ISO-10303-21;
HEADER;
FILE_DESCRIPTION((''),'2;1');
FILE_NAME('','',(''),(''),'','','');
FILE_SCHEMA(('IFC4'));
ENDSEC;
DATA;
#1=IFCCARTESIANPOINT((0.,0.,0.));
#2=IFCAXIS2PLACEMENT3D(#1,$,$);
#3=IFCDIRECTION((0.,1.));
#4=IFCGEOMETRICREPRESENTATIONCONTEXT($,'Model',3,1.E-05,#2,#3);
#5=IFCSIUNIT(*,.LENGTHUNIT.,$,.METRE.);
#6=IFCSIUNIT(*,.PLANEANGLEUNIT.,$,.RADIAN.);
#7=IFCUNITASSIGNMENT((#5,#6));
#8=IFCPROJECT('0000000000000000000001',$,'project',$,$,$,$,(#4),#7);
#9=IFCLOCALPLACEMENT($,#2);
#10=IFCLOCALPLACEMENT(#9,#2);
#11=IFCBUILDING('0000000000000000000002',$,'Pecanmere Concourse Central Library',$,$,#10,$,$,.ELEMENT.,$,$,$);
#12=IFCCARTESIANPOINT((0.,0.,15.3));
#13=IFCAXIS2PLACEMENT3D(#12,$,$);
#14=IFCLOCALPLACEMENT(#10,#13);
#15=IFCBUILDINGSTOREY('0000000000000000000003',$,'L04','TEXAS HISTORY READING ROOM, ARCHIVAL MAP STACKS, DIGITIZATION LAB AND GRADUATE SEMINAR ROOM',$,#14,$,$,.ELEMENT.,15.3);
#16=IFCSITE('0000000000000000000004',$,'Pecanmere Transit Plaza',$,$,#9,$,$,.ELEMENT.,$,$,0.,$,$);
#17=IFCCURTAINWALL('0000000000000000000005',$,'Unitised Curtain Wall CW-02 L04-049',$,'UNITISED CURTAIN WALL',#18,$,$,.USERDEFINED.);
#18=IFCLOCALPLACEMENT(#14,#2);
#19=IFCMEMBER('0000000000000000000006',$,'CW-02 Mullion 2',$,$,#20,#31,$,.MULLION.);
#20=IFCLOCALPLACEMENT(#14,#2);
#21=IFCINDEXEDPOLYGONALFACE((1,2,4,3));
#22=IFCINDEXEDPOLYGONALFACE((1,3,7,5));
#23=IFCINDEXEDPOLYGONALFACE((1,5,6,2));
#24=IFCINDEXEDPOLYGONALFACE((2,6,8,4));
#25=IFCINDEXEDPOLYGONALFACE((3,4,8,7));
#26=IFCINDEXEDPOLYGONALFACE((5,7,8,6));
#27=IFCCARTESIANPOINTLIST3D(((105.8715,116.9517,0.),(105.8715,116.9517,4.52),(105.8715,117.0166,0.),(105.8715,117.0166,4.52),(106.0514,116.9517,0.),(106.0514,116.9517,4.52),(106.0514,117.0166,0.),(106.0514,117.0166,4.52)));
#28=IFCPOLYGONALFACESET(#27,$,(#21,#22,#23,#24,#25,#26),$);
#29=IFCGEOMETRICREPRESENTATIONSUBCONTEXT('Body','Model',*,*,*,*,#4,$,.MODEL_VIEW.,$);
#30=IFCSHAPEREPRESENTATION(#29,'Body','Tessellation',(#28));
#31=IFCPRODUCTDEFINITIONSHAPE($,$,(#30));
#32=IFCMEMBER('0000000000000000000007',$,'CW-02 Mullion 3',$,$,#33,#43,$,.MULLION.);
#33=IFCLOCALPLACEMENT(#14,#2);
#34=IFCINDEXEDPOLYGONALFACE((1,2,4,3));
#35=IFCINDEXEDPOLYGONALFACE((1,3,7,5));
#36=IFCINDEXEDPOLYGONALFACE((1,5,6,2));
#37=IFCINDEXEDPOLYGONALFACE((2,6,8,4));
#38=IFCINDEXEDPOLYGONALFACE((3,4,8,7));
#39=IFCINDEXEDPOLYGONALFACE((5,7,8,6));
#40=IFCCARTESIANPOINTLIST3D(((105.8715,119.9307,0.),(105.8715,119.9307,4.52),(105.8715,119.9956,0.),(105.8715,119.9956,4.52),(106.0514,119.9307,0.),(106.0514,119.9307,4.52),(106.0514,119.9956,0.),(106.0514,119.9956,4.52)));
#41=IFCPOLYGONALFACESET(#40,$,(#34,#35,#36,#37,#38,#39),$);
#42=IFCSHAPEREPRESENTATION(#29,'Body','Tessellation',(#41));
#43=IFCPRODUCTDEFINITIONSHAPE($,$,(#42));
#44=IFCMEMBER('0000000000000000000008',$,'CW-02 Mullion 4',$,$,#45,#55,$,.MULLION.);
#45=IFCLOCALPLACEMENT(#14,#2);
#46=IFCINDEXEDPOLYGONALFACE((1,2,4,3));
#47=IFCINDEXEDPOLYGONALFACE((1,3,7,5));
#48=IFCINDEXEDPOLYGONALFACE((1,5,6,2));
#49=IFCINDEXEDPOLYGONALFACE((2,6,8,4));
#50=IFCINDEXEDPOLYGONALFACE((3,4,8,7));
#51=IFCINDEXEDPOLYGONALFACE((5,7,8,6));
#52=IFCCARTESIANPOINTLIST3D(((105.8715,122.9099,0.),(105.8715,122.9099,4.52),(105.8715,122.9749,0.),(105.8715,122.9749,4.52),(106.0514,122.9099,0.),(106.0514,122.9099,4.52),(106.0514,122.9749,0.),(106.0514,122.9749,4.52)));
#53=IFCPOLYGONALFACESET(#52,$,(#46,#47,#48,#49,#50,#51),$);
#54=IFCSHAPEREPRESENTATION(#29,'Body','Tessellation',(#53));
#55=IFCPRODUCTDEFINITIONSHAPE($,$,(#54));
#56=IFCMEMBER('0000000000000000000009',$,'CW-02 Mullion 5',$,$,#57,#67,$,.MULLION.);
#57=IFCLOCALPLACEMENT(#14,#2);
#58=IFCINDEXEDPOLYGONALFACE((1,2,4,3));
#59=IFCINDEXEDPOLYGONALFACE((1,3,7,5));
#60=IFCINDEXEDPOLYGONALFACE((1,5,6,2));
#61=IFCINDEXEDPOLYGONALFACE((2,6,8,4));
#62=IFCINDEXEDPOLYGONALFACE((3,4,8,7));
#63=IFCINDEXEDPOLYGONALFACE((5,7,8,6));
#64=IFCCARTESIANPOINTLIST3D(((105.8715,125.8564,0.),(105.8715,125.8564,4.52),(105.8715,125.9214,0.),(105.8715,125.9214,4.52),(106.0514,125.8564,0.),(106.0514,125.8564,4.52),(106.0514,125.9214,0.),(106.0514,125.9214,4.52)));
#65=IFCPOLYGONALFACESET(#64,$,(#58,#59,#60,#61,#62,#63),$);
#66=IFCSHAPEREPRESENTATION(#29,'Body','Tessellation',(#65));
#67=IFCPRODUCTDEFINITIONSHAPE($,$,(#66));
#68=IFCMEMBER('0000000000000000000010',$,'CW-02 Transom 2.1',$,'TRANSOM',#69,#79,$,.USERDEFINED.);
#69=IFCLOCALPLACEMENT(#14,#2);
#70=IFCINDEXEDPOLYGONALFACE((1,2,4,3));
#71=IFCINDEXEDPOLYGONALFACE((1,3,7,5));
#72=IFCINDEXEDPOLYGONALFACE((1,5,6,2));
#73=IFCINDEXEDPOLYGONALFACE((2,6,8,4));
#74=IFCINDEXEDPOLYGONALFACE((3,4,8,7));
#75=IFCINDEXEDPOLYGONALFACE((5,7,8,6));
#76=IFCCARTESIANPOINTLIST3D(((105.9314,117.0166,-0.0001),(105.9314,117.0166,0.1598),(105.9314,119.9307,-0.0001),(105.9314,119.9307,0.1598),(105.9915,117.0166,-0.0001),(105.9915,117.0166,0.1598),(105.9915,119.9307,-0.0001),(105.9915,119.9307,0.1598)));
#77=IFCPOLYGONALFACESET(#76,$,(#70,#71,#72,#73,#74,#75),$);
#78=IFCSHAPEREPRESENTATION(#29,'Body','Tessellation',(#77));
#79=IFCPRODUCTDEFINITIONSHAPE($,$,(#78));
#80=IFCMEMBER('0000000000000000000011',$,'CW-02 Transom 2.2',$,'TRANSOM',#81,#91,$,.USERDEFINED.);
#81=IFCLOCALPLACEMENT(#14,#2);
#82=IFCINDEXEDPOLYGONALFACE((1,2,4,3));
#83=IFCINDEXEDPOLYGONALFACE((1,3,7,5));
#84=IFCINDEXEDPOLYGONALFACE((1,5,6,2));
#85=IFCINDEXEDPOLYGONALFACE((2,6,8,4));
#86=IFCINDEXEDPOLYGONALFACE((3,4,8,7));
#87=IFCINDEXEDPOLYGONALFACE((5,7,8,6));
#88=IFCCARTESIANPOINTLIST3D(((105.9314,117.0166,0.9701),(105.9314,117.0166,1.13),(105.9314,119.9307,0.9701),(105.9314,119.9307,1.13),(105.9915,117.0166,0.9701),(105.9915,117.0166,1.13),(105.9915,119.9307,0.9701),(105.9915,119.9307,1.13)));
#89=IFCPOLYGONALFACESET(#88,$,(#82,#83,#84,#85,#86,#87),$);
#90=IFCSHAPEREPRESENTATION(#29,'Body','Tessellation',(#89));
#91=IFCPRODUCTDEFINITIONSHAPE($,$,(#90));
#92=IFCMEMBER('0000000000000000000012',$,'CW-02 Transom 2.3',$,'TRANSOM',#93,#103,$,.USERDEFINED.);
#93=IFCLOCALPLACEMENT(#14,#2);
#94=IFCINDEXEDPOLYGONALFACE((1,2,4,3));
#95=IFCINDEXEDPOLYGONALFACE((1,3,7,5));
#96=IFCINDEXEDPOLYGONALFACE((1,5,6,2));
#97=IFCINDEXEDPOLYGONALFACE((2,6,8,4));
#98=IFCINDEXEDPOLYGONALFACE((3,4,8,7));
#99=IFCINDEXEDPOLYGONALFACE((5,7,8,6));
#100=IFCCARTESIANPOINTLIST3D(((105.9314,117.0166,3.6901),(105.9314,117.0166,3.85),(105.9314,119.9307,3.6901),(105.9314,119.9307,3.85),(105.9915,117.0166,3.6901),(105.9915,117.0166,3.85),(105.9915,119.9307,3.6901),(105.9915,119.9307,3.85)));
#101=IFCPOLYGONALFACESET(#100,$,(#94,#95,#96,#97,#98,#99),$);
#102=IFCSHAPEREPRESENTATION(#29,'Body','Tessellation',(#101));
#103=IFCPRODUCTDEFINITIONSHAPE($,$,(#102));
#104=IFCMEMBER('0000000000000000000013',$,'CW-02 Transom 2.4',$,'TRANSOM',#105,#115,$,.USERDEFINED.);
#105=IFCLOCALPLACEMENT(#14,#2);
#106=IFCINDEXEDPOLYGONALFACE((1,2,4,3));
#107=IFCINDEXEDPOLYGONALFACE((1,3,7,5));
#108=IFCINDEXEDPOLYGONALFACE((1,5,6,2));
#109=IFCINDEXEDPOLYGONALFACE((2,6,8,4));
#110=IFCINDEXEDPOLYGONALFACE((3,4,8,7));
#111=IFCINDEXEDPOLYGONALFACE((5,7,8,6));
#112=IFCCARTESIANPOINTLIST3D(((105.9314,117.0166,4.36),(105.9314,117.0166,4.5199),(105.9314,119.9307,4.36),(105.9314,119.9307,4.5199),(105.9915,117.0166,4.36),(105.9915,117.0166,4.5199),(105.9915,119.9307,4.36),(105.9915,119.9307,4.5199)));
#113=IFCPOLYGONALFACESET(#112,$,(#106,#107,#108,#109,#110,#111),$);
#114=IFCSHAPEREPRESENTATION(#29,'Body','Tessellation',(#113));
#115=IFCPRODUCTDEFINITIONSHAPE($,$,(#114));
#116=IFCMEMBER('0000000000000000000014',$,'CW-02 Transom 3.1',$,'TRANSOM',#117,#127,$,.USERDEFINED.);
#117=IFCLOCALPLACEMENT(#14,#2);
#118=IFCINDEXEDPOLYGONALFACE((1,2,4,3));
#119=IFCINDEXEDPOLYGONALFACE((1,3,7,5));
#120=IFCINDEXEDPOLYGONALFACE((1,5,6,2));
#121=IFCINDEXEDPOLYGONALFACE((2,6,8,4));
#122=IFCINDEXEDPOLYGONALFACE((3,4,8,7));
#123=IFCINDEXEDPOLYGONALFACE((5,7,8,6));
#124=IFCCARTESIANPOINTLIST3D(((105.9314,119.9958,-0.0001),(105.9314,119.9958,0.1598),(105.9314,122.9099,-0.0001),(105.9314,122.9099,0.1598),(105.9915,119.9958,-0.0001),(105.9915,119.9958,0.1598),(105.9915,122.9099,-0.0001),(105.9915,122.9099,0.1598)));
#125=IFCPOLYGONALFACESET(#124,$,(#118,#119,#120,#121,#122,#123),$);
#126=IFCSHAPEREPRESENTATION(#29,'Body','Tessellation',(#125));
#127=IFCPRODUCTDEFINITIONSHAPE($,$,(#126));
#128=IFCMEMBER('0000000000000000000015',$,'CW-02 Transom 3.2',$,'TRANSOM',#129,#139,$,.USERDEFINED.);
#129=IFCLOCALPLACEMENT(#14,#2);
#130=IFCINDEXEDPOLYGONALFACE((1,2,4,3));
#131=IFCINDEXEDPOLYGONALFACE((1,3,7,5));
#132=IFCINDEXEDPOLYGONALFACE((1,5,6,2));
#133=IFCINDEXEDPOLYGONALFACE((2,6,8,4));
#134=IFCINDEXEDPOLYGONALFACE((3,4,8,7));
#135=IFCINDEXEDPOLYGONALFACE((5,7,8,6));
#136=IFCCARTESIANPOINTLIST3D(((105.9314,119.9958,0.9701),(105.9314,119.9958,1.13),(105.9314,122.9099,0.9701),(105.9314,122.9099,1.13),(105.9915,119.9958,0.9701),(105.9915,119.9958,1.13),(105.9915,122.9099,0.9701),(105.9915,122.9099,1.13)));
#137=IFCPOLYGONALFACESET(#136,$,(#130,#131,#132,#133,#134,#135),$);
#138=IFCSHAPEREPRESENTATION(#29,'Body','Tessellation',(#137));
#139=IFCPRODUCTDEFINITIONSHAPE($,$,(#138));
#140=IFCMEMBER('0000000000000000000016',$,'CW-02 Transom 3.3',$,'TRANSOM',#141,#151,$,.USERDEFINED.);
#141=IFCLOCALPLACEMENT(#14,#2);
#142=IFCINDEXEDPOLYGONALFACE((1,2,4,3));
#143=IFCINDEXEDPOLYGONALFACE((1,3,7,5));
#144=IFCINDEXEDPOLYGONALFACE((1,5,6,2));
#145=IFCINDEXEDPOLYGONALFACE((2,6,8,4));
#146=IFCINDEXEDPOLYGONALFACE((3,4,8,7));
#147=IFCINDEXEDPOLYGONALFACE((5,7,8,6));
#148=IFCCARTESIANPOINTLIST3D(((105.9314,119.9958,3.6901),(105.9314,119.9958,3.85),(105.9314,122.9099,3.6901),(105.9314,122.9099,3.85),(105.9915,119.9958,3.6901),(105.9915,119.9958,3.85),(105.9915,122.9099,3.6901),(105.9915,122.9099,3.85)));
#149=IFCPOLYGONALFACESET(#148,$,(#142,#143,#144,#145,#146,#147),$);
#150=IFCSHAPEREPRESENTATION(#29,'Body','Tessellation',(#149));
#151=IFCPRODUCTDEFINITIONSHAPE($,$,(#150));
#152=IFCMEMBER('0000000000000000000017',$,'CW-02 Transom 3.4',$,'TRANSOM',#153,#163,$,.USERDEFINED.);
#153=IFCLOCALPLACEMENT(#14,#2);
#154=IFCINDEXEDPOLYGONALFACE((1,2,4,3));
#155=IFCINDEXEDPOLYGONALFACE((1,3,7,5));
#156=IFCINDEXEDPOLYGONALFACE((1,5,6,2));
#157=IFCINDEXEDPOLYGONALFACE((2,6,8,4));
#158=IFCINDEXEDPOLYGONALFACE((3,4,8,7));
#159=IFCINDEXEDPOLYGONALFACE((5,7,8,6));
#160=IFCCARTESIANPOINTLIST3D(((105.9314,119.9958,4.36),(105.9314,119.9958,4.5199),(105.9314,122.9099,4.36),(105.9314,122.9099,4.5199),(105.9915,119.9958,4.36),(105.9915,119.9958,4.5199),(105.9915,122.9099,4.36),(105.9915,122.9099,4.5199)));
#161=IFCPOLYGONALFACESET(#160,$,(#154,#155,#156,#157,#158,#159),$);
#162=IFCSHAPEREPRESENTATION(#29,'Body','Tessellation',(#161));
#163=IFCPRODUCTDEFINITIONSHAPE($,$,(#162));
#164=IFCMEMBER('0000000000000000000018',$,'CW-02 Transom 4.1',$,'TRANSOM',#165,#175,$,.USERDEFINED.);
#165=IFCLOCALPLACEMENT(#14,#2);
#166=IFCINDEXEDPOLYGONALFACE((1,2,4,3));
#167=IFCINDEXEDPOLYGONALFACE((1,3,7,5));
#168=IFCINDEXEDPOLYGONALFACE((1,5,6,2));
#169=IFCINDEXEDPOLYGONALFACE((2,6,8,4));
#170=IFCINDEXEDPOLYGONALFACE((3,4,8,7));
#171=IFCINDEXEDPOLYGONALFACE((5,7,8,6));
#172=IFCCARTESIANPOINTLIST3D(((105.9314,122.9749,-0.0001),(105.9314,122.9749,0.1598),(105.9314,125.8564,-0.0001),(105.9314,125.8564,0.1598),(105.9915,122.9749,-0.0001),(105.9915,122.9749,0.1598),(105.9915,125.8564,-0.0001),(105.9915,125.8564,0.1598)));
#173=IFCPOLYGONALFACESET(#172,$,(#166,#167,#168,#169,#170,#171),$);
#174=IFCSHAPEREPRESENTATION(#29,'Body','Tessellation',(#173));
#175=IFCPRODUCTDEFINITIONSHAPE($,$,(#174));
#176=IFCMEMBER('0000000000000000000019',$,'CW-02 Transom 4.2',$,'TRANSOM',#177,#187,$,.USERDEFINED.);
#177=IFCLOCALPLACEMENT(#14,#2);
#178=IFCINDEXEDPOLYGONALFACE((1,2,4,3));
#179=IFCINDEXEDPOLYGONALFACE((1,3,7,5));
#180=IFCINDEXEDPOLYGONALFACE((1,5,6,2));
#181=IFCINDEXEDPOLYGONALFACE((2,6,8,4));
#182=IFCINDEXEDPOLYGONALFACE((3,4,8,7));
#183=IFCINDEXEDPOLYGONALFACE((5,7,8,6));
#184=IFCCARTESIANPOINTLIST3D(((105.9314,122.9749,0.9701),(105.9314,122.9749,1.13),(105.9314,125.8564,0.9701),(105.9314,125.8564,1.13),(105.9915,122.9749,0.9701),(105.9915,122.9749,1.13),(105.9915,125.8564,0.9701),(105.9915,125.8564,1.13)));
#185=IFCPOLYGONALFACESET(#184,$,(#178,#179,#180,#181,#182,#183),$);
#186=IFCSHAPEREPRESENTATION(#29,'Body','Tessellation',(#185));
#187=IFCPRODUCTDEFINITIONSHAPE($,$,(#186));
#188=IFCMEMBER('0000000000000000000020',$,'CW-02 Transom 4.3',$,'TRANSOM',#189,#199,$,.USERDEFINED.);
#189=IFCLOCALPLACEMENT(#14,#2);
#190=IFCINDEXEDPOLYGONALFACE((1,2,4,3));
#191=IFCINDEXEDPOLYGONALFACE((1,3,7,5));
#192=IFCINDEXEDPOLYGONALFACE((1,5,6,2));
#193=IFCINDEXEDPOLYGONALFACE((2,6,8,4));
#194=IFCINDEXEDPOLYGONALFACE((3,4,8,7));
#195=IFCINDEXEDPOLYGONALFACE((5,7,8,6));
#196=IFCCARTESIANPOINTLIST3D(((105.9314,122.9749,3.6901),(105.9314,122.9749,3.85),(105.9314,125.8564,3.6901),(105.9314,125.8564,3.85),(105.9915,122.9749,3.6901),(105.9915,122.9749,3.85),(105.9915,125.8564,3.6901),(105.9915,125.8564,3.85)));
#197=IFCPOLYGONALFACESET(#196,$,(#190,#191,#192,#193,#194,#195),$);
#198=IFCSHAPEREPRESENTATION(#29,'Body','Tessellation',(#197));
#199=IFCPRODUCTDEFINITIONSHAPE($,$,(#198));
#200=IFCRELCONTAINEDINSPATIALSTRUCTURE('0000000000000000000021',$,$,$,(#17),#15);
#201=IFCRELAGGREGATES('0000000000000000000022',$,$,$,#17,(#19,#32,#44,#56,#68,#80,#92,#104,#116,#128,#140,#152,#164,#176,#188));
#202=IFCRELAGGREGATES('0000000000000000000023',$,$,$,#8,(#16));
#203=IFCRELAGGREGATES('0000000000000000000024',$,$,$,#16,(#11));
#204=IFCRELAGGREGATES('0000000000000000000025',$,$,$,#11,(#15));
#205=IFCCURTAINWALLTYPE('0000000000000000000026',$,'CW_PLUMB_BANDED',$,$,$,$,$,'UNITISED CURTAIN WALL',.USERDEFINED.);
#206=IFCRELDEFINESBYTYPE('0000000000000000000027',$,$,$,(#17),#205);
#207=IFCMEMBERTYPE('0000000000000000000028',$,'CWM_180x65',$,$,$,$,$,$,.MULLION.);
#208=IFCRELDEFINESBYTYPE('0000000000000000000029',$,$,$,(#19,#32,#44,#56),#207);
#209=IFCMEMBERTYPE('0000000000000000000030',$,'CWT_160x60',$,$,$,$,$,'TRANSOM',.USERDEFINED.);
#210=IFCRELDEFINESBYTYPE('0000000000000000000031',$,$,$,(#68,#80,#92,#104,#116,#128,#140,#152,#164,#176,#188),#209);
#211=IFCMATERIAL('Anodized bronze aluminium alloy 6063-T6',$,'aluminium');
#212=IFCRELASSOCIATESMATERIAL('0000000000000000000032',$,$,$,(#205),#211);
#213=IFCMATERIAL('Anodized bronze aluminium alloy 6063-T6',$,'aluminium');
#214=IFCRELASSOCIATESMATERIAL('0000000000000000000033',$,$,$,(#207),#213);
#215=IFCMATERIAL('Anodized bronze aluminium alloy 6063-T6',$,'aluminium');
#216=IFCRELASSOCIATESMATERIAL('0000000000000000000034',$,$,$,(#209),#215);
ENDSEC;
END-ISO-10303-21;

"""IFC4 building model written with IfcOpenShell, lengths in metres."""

from ifc_helpers import new_model, si_unit, direction, frame, origin, origin_2d, place, context, subcontext, project, spatial, rectangle, extrude, material, material_profile, profile_set, type_object, element, aggregate, save


model = new_model("IFC4")

# Units and contexts
model_context = context("Model", 3, precision=1e-05, world=origin(), true_north=direction((0.0, 1.0)))
body_context = subcontext(model_context, "Body", "Model", "MODEL_VIEW")
ifc_project = project(units=[si_unit("LENGTHUNIT", "METRE"), si_unit("PLANEANGLEUNIT", "RADIAN")], contexts=[model_context])

# Site, building, storey
site_placement = place(None, origin())
site = spatial("IfcSite", under=ifc_project, at=site_placement, Name="Pecanmere Transit Plaza", CompositionType="ELEMENT", RefElevation=0.0)
building_placement = place(site_placement, origin())
building = spatial("IfcBuilding", under=site, at=building_placement, Name="Pecanmere Concourse Central Library", CompositionType="ELEMENT")
storey_placement = place(building_placement, frame((0.0, 0.0, 15.3)))
storey = spatial("IfcBuildingStorey", under=building, at=storey_placement, Name="L04", Description="TEXAS HISTORY READING ROOM, ARCHIVAL MAP STACKS, DIGITIZATION LAB AND GRADUATE SEMINAR ROOM", CompositionType="ELEMENT", Elevation=15.3)

# Curtain wall, members
ifc_material_1 = material(Name="Anodized bronze aluminium alloy 6063-T6", Category="aluminium")
curtain_wall_type = type_object("IfcCurtainWallType", Name="CW_PLUMB_BANDED", ElementType="UNITISED CURTAIN WALL", PredefinedType="USERDEFINED", material=ifc_material_1)
curtain_wall_placement = place(storey_placement, origin())
curtain_wall = element("IfcCurtainWall", 1, at=curtain_wall_placement, inside=storey, type_object=curtain_wall_type, Name="Unitised Curtain Wall CW-02 L04-049", ObjectType="UNITISED CURTAIN WALL", PredefinedType="USERDEFINED")
ifc_material_2 = material(Name="Anodized bronze aluminium alloy 6063-T6", Category="aluminium")
ifc_material_profile_1 = material_profile(ifc_material_2, rectangle(XDim=0.0649, YDim=0.1799, at=origin_2d()), Name="AL 65x180")
ifc_profile_set_1 = profile_set([ifc_material_profile_1], Name="Anodized bronze aluminium alloy 6063-T6")
member_type_1 = type_object("IfcMemberType", Name="CWM_180x65", PredefinedType="MULLION", material=ifc_profile_set_1)
member_1_placement = place(storey_placement, frame((105.9614, 116.9841, 0.0), z_axis=(0.0, 0.0, 1.0), x_axis=(0.0, 1.0, 0.0)))
member_1 = element("IfcMember", 2, at=member_1_placement, type_object=member_type_1, Name="CW-02 Mullion 2", PredefinedType="MULLION", context=body_context, shape_type="SweptSolid", body=[
    extrude(rectangle(XDim=0.0649, YDim=0.1799, at=origin_2d()), origin(), (0.0, 0.0, 1.0), 4.52),
])
member_2_placement = place(storey_placement, frame((105.9614, 119.9631, 0.0), z_axis=(0.0, 0.0, 1.0), x_axis=(0.0, 1.0, 0.0)))
member_2 = element("IfcMember", 3, at=member_2_placement, type_object=member_type_1, Name="CW-02 Mullion 3", PredefinedType="MULLION", context=body_context, shape_type="SweptSolid", body=[
    extrude(rectangle(XDim=0.0649, YDim=0.1799, at=origin_2d()), origin(), (0.0, 0.0, 1.0), 4.52),
])
member_3_placement = place(storey_placement, frame((105.9614, 122.9424, 0.0), z_axis=(0.0, 0.0, 1.0), x_axis=(0.0, 1.0, 0.0)))
member_3 = element("IfcMember", 4, at=member_3_placement, type_object=member_type_1, Name="CW-02 Mullion 4", PredefinedType="MULLION", context=body_context, shape_type="SweptSolid", body=[
    extrude(rectangle(XDim=0.0649, YDim=0.1799, at=origin_2d()), origin(), (0.0, 0.0, 1.0), 4.52),
])
member_4_placement = place(storey_placement, frame((105.9614, 125.8889, 0.0), z_axis=(0.0, 0.0, 1.0), x_axis=(0.0, 1.0, 0.0)))
member_4 = element("IfcMember", 5, at=member_4_placement, type_object=member_type_1, Name="CW-02 Mullion 5", PredefinedType="MULLION", context=body_context, shape_type="SweptSolid", body=[
    extrude(rectangle(XDim=0.0649, YDim=0.1799, at=origin_2d()), origin(), (0.0, 0.0, 1.0), 4.52),
])
ifc_material_3 = material(Name="Anodized bronze aluminium alloy 6063-T6", Category="aluminium")
ifc_material_profile_2 = material_profile(ifc_material_3, rectangle(XDim=0.0601, YDim=0.1599, at=origin_2d()), Name="AL 60x160")
ifc_profile_set_2 = profile_set([ifc_material_profile_2], Name="Anodized bronze aluminium alloy 6063-T6")
member_type_2 = type_object("IfcMemberType", Name="CWT_160x60", ElementType="TRANSOM", PredefinedType="USERDEFINED", material=ifc_profile_set_2)
member_5_placement = place(storey_placement, frame((105.9614, 117.0166, 0.0798), z_axis=(0.0, 1.0, 0.0), x_axis=(-1.0, 0.0, 0.0)))
member_5 = element("IfcMember", 6, at=member_5_placement, type_object=member_type_2, Name="CW-02 Transom 2.1", ObjectType="TRANSOM", PredefinedType="USERDEFINED", context=body_context, shape_type="SweptSolid", body=[
    extrude(rectangle(XDim=0.0601, YDim=0.1599, at=origin_2d()), origin(), (0.0, 0.0, 1.0), 2.9141),
])
member_6_placement = place(storey_placement, frame((105.9614, 117.0166, 1.05), z_axis=(0.0, 1.0, 0.0), x_axis=(-1.0, 0.0, 0.0)))
member_6 = element("IfcMember", 7, at=member_6_placement, type_object=member_type_2, Name="CW-02 Transom 2.2", ObjectType="TRANSOM", PredefinedType="USERDEFINED", context=body_context, shape_type="SweptSolid", body=[
    extrude(rectangle(XDim=0.0601, YDim=0.1599, at=origin_2d()), origin(), (0.0, 0.0, 1.0), 2.9141),
])
member_7_placement = place(storey_placement, frame((105.9614, 117.0166, 3.77), z_axis=(0.0, 1.0, 0.0), x_axis=(-1.0, 0.0, 0.0)))
member_7 = element("IfcMember", 8, at=member_7_placement, type_object=member_type_2, Name="CW-02 Transom 2.3", ObjectType="TRANSOM", PredefinedType="USERDEFINED", context=body_context, shape_type="SweptSolid", body=[
    extrude(rectangle(XDim=0.0601, YDim=0.1599, at=origin_2d()), origin(), (0.0, 0.0, 1.0), 2.9141),
])
member_8_placement = place(storey_placement, frame((105.9614, 117.0166, 4.4399), z_axis=(0.0, 1.0, 0.0), x_axis=(-1.0, 0.0, 0.0)))
member_8 = element("IfcMember", 9, at=member_8_placement, type_object=member_type_2, Name="CW-02 Transom 2.4", ObjectType="TRANSOM", PredefinedType="USERDEFINED", context=body_context, shape_type="SweptSolid", body=[
    extrude(rectangle(XDim=0.0601, YDim=0.1599, at=origin_2d()), origin(), (0.0, 0.0, 1.0), 2.9141),
])
member_9_placement = place(storey_placement, frame((105.9614, 119.9958, 0.0798), z_axis=(0.0, 1.0, 0.0), x_axis=(-1.0, 0.0, 0.0)))
member_9 = element("IfcMember", 10, at=member_9_placement, type_object=member_type_2, Name="CW-02 Transom 3.1", ObjectType="TRANSOM", PredefinedType="USERDEFINED", context=body_context, shape_type="SweptSolid", body=[
    extrude(rectangle(XDim=0.0601, YDim=0.1599, at=origin_2d()), origin(), (0.0, 0.0, 1.0), 2.9141),
])
member_10_placement = place(storey_placement, frame((105.9614, 119.9958, 1.05), z_axis=(0.0, 1.0, 0.0), x_axis=(-1.0, 0.0, 0.0)))
member_10 = element("IfcMember", 11, at=member_10_placement, type_object=member_type_2, Name="CW-02 Transom 3.2", ObjectType="TRANSOM", PredefinedType="USERDEFINED", context=body_context, shape_type="SweptSolid", body=[
    extrude(rectangle(XDim=0.0601, YDim=0.1599, at=origin_2d()), origin(), (0.0, 0.0, 1.0), 2.9141),
])
member_11_placement = place(storey_placement, frame((105.9614, 119.9958, 3.77), z_axis=(0.0, 1.0, 0.0), x_axis=(-1.0, 0.0, 0.0)))
member_11 = element("IfcMember", 12, at=member_11_placement, type_object=member_type_2, Name="CW-02 Transom 3.3", ObjectType="TRANSOM", PredefinedType="USERDEFINED", context=body_context, shape_type="SweptSolid", body=[
    extrude(rectangle(XDim=0.0601, YDim=0.1599, at=origin_2d()), origin(), (0.0, 0.0, 1.0), 2.9141),
])
member_12_placement = place(storey_placement, frame((105.9614, 119.9958, 4.4399), z_axis=(0.0, 1.0, 0.0), x_axis=(-1.0, 0.0, 0.0)))
member_12 = element("IfcMember", 13, at=member_12_placement, type_object=member_type_2, Name="CW-02 Transom 3.4", ObjectType="TRANSOM", PredefinedType="USERDEFINED", context=body_context, shape_type="SweptSolid", body=[
    extrude(rectangle(XDim=0.0601, YDim=0.1599, at=origin_2d()), origin(), (0.0, 0.0, 1.0), 2.9141),
])
member_13_placement = place(storey_placement, frame((105.9614, 122.9749, 0.0798), z_axis=(0.0, 1.0, 0.0), x_axis=(-1.0, 0.0, 0.0)))
member_13 = element("IfcMember", 14, at=member_13_placement, type_object=member_type_2, Name="CW-02 Transom 4.1", ObjectType="TRANSOM", PredefinedType="USERDEFINED", context=body_context, shape_type="SweptSolid", body=[
    extrude(rectangle(XDim=0.0601, YDim=0.1599, at=origin_2d()), origin(), (0.0, 0.0, 1.0), 2.8816),
])
member_14_placement = place(storey_placement, frame((105.9614, 122.9749, 1.05), z_axis=(0.0, 1.0, 0.0), x_axis=(-1.0, 0.0, 0.0)))
member_14 = element("IfcMember", 15, at=member_14_placement, type_object=member_type_2, Name="CW-02 Transom 4.2", ObjectType="TRANSOM", PredefinedType="USERDEFINED", context=body_context, shape_type="SweptSolid", body=[
    extrude(rectangle(XDim=0.0601, YDim=0.1599, at=origin_2d()), origin(), (0.0, 0.0, 1.0), 2.8816),
])
member_15_placement = place(storey_placement, frame((105.9614, 122.9749, 3.77), z_axis=(0.0, 1.0, 0.0), x_axis=(-1.0, 0.0, 0.0)))
member_15 = element("IfcMember", 16, at=member_15_placement, type_object=member_type_2, Name="CW-02 Transom 4.3", ObjectType="TRANSOM", PredefinedType="USERDEFINED", context=body_context, shape_type="SweptSolid", body=[
    extrude(rectangle(XDim=0.0601, YDim=0.1599, at=origin_2d()), origin(), (0.0, 0.0, 1.0), 2.8816),
])
aggregate(curtain_wall, [member_1, member_2, member_3, member_4, member_5, member_6, member_7, member_8, member_9, member_10, member_11, member_12, member_13, member_14, member_15])

save(model, "model.ifc")
